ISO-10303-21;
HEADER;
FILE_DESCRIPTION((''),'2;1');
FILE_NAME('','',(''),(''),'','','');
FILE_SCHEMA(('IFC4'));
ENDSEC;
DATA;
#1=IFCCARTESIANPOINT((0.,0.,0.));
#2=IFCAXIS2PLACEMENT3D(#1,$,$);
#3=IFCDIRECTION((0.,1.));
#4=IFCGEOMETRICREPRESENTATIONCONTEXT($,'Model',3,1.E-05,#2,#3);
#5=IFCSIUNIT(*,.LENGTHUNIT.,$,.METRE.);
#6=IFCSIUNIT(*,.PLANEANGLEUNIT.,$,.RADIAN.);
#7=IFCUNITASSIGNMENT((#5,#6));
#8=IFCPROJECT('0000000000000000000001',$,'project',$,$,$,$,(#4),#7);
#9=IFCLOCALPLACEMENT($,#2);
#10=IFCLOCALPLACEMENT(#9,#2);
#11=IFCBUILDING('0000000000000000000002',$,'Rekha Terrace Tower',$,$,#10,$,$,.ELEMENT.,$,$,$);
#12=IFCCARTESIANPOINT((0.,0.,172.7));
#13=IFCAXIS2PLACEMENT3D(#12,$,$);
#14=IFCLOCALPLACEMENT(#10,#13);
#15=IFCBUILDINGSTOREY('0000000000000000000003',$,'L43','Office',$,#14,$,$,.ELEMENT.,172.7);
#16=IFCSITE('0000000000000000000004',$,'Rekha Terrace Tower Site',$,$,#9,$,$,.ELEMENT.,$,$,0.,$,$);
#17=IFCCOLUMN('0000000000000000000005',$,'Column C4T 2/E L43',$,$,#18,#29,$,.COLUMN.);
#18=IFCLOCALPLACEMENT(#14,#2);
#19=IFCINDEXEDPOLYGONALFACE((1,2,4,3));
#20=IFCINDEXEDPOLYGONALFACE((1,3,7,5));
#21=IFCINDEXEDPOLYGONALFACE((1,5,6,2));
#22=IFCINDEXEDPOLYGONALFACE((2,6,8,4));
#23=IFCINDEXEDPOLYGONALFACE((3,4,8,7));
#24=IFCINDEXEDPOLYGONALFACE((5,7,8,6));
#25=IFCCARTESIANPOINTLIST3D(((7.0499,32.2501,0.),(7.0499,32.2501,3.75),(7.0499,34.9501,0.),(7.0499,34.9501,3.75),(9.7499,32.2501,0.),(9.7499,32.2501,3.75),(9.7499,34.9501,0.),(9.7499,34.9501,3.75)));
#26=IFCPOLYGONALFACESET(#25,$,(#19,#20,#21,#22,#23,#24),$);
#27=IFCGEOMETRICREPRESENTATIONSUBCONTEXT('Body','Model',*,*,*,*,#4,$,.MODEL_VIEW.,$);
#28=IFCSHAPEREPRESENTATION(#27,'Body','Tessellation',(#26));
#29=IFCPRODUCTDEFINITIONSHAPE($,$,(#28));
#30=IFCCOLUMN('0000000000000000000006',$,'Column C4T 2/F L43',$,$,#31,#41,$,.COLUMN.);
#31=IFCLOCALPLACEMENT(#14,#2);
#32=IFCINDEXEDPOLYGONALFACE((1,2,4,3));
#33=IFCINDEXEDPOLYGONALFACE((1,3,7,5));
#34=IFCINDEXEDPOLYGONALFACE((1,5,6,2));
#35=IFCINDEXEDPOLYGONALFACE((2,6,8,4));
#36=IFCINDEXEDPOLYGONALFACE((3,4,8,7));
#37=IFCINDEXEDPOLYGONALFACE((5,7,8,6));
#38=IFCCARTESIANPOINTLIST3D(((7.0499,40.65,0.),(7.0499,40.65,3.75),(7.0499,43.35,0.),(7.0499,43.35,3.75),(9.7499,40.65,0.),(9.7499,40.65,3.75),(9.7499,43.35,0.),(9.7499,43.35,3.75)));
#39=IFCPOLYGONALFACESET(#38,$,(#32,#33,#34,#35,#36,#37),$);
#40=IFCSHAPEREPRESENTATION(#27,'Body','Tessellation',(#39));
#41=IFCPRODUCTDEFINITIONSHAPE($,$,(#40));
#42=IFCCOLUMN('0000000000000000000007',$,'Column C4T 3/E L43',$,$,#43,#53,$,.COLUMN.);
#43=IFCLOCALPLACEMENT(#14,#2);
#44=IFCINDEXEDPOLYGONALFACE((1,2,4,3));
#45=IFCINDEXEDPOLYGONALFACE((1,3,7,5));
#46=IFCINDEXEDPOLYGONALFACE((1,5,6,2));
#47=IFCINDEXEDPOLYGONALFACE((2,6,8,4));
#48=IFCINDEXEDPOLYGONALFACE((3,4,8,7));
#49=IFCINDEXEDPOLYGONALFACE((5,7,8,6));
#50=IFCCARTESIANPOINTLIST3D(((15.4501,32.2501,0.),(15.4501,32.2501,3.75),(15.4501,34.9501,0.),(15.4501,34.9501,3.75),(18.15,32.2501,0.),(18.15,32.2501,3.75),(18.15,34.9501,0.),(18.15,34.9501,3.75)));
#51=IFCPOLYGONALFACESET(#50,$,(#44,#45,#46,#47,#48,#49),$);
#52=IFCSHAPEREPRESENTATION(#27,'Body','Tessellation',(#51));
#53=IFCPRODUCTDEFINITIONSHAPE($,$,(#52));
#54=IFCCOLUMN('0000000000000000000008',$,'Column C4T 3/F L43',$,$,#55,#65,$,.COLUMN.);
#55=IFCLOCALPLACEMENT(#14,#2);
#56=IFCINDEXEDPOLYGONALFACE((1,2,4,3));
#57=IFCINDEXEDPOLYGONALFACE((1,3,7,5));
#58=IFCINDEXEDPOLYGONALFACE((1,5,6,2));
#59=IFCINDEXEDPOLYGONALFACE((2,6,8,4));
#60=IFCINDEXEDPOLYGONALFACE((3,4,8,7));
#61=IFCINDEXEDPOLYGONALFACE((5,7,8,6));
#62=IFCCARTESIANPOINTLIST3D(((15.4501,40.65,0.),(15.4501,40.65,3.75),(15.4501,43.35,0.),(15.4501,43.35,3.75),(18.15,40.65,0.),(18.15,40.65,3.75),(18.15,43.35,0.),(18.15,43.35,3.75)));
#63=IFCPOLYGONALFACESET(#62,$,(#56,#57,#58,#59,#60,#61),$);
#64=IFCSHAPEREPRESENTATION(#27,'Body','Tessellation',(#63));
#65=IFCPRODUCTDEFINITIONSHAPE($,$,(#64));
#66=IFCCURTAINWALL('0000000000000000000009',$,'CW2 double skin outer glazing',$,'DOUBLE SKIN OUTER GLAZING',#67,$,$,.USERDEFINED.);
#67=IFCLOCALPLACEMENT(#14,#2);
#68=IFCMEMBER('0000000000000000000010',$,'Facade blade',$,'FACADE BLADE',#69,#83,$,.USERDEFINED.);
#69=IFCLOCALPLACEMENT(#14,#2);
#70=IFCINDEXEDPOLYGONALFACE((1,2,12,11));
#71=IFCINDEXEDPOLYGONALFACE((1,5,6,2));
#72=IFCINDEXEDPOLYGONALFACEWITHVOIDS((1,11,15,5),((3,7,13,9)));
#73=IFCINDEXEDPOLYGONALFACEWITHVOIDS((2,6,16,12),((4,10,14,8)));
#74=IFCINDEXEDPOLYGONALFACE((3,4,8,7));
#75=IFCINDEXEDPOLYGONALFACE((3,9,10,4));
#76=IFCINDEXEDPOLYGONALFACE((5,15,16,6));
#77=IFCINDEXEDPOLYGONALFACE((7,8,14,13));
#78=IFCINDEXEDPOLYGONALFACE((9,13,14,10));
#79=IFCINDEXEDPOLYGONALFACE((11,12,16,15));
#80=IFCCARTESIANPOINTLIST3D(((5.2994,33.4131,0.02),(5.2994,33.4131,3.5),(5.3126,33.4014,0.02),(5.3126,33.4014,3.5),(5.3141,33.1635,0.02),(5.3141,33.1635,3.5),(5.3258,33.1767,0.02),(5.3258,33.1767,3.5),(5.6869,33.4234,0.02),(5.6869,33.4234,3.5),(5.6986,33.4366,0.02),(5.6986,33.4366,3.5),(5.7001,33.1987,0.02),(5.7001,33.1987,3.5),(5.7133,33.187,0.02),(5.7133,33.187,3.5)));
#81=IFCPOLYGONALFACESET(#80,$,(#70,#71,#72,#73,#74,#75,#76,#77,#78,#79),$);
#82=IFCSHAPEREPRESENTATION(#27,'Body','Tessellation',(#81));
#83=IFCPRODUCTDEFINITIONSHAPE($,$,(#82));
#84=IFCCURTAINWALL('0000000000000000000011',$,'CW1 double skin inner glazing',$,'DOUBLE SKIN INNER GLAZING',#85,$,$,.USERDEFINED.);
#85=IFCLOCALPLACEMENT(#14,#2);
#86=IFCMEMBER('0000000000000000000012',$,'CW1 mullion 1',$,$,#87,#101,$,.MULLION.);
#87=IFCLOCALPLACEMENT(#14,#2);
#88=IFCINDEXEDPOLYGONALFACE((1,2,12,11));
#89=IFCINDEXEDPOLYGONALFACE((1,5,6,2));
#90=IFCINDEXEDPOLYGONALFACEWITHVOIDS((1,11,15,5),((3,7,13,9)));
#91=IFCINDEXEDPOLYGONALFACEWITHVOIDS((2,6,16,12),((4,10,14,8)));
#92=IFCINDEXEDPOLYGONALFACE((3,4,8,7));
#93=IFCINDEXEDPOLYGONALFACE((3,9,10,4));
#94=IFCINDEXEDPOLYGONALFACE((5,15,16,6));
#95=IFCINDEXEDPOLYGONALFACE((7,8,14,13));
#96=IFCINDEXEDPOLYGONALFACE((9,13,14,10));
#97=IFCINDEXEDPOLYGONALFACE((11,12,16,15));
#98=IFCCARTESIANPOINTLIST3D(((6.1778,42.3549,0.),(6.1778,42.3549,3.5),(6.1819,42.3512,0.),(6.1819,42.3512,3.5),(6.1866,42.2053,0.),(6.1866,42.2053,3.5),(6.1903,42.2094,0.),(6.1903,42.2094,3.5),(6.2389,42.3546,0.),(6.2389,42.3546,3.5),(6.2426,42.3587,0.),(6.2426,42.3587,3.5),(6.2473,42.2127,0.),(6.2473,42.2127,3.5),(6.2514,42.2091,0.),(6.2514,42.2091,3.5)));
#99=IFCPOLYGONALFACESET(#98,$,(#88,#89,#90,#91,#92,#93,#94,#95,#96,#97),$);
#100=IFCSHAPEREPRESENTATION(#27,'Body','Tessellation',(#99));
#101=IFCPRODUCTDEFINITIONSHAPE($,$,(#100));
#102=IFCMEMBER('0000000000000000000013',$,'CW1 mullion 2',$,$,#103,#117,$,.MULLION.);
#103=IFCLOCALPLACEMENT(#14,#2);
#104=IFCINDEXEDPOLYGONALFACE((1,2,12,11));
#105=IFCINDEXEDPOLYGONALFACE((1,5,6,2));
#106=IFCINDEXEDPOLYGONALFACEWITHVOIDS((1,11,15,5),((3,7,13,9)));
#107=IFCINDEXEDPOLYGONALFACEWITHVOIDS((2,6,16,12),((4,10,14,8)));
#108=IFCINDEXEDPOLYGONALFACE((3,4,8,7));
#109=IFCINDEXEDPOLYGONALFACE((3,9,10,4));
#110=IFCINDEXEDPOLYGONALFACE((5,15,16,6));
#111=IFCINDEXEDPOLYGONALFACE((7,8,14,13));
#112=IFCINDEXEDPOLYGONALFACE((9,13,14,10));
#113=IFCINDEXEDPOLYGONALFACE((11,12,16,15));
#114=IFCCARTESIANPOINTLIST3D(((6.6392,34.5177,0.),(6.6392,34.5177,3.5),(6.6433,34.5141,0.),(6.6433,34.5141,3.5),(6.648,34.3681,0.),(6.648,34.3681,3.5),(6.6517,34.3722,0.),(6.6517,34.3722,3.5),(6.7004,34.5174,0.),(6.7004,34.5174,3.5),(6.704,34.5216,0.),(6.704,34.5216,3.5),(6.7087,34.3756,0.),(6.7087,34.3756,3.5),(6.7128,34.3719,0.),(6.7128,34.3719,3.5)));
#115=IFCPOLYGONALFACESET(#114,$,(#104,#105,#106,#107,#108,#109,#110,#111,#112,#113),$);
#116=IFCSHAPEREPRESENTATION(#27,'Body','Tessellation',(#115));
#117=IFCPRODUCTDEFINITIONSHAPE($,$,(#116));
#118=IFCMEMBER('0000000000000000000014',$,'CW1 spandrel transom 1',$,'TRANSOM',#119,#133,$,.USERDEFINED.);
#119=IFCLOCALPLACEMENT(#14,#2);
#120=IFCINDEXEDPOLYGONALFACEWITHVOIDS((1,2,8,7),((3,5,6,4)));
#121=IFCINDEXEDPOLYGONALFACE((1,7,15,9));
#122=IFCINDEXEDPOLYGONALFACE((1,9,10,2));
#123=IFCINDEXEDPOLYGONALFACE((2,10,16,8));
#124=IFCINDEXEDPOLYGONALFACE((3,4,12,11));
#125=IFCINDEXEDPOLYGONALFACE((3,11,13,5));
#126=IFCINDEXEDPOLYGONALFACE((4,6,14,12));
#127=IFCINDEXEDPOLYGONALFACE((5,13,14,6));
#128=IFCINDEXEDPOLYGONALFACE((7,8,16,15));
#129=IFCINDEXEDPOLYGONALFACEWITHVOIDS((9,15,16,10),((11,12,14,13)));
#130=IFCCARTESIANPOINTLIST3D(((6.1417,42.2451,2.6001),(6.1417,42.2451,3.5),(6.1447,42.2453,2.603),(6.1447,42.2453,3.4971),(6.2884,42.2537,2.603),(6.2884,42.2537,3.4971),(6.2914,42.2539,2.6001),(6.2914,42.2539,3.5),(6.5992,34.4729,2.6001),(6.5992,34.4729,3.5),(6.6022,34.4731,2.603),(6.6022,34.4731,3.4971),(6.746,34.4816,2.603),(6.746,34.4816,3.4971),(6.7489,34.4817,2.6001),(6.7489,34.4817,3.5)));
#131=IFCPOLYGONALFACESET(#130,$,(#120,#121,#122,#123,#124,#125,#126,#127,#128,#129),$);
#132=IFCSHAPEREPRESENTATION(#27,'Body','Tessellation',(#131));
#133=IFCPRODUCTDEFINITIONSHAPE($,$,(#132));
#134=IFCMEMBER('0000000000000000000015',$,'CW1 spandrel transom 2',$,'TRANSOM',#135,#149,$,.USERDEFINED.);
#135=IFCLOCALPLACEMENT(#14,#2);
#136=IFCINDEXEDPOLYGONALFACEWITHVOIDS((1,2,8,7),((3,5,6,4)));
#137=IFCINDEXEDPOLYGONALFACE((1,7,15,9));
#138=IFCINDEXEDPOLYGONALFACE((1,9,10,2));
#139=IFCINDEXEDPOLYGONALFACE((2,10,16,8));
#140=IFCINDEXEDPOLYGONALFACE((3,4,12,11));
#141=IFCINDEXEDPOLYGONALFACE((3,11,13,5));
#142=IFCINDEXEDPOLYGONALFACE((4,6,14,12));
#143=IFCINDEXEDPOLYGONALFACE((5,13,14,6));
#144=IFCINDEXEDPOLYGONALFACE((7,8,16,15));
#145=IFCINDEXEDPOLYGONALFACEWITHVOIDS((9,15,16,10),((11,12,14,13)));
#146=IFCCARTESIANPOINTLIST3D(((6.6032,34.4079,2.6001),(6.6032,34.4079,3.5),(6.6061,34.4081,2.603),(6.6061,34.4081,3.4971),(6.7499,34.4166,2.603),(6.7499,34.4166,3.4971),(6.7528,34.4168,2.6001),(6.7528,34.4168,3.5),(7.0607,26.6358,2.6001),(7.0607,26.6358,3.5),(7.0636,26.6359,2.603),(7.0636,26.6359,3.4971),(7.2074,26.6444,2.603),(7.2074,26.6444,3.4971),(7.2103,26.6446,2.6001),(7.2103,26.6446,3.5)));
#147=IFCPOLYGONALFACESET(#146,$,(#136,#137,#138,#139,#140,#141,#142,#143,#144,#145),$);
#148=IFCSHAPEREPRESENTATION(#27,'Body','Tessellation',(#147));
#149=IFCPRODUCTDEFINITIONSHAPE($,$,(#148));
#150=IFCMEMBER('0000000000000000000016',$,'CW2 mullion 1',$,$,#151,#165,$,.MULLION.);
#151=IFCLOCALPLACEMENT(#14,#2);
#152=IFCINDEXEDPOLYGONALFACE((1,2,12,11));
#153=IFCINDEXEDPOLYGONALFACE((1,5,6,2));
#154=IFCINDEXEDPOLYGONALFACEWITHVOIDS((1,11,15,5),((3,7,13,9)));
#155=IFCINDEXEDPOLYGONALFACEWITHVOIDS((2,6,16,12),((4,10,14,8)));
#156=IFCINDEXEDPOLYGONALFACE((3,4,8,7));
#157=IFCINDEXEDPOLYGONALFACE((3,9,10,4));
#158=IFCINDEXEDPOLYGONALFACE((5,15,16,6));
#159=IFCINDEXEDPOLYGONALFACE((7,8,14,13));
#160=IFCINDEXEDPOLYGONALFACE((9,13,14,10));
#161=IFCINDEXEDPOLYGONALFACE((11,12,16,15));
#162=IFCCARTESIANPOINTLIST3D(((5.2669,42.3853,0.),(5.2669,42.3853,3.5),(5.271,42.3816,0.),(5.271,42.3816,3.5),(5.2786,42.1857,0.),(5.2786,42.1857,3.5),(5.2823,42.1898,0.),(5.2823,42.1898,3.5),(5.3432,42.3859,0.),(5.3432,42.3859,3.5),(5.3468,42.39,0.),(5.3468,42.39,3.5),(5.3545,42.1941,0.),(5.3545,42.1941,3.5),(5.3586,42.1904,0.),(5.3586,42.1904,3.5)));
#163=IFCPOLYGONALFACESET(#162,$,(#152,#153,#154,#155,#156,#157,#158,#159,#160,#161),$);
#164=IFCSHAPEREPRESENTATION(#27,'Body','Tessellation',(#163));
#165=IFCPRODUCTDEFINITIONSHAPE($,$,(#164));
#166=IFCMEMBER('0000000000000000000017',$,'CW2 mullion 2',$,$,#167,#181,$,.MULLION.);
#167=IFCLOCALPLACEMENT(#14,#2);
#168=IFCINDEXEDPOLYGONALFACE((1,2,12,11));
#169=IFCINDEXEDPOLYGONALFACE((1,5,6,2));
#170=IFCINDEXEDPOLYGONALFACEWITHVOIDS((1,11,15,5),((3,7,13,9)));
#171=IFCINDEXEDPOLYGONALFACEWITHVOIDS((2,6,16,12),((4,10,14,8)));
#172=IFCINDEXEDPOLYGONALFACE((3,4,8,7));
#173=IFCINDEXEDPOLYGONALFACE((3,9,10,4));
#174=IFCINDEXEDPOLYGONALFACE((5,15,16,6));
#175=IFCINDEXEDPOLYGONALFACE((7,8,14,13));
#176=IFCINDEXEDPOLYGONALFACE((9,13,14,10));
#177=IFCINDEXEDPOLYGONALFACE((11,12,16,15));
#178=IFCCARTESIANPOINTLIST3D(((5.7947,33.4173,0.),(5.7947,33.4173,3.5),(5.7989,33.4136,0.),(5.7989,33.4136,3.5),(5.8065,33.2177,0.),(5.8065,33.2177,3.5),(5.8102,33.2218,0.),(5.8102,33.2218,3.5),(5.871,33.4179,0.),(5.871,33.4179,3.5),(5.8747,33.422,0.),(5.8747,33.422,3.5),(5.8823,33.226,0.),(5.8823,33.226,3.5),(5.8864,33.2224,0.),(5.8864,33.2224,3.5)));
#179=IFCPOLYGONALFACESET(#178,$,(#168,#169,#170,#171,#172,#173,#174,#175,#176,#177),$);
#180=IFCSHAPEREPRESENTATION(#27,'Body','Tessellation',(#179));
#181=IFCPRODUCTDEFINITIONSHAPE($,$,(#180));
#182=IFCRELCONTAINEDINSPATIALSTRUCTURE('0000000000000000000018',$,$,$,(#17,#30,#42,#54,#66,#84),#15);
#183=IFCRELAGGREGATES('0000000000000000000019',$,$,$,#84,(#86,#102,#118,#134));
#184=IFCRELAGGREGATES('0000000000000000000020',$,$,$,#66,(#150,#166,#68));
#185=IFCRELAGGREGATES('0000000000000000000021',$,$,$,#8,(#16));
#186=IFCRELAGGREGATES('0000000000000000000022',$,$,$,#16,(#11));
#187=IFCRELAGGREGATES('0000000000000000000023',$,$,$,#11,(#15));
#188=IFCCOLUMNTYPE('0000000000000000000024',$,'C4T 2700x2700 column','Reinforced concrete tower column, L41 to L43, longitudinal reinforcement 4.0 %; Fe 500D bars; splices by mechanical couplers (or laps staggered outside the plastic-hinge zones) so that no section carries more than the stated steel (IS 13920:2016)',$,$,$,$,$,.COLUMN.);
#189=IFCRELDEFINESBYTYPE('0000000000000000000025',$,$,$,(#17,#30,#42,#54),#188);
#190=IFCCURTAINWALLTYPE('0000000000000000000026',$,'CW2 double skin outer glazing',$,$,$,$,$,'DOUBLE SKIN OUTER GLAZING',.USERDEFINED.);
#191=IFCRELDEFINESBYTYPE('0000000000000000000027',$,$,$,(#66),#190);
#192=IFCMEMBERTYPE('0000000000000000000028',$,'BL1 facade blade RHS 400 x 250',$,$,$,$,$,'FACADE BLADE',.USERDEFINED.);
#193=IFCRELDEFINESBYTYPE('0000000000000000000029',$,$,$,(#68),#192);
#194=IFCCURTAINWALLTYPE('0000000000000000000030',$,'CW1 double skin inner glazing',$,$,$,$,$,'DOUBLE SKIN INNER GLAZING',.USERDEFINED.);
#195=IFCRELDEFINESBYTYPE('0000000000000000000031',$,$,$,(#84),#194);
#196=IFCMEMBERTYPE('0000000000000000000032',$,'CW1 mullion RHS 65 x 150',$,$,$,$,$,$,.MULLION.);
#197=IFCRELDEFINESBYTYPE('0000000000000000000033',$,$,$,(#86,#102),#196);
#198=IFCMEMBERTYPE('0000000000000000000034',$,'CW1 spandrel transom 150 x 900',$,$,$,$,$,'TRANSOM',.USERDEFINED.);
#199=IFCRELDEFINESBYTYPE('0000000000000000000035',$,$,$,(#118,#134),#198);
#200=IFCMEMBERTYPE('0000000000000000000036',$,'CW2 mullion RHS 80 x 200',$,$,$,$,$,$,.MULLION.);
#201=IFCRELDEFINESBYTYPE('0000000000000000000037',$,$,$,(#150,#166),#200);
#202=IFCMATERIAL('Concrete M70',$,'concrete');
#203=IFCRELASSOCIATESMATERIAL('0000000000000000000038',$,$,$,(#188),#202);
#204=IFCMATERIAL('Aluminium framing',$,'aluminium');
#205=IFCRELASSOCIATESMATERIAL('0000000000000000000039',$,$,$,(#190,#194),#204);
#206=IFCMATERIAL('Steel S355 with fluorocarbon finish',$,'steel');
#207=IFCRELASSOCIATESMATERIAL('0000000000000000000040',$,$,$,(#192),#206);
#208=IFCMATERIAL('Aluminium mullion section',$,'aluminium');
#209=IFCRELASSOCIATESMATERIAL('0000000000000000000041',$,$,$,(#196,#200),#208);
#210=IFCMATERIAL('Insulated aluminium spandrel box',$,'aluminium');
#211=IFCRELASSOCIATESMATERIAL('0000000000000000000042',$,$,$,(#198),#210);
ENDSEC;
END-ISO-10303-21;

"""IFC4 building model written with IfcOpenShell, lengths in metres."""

from ifc_helpers import new_model, si_unit, direction, frame, origin, origin_2d, place, context, subcontext, project, spatial, rectangle, hollow_rectangle, extrude, material, material_profile, profile_set, type_object, element, aggregate, save


model = new_model("IFC4")

# Units and contexts
model_context = context("Model", 3, precision=1e-05, world=origin(), true_north=direction((0.0, 1.0)))
body_context = subcontext(model_context, "Body", "Model", "MODEL_VIEW")
ifc_project = project(units=[si_unit("LENGTHUNIT", "METRE"), si_unit("PLANEANGLEUNIT", "RADIAN")], contexts=[model_context])

# Site, building, storey
site_placement = place(None, origin())
site = spatial("IfcSite", under=ifc_project, at=site_placement, Name="Rekha Terrace Tower Site", CompositionType="ELEMENT", RefElevation=0.0)
building_placement = place(site_placement, origin())
building = spatial("IfcBuilding", under=site, at=building_placement, Name="Rekha Terrace Tower", CompositionType="ELEMENT")
storey_placement = place(building_placement, frame((0.0, 0.0, 172.7)))
storey = spatial("IfcBuildingStorey", under=building, at=storey_placement, Name="L43", Description="Office", CompositionType="ELEMENT", Elevation=172.7)

# Columns
ifc_material_1 = material(Name="Concrete M70", Category="concrete")
ifc_material_profile_1 = material_profile(ifc_material_1, rectangle(XDim=2.7, YDim=2.7, at=origin_2d()), Name="RC 2700x2700")
ifc_profile_set_1 = profile_set([ifc_material_profile_1], Name="Concrete M70")
column_type = type_object("IfcColumnType", Name="C4T 2700x2700 column", Description="Reinforced concrete tower column, L41 to L43, longitudinal reinforcement 4.0 %; Fe 500D bars; splices by mechanical couplers (or laps staggered outside the plastic-hinge zones) so that no section carries more than the stated steel (IS 13920:2016)", PredefinedType="COLUMN", material=ifc_profile_set_1)
for number, where, z_axis, x_axis, name in (
    (1, (8.3999, 33.6001, 0.0), (0.0, 0.0, 1.0), (1.0, 0.0, 0.0), "Column C4T 2/E L43"),
    (2, (8.3999, 42.0, 0.0), (0.0, 0.0, 1.0), (1.0, 0.0, 0.0), "Column C4T 2/F L43"),
    (3, (16.8, 33.6001, 0.0), (0.0, 0.0, 1.0), (1.0, 0.0, 0.0), "Column C4T 3/E L43"),
    (4, (16.8, 42.0, 0.0), (0.0, 0.0, 1.0), (1.0, 0.0, 0.0), "Column C4T 3/F L43"),
):
    element("IfcColumn", number, at=place(storey_placement, frame(where, z_axis=z_axis, x_axis=x_axis)), inside=storey, type_object=column_type, Name=name, PredefinedType="COLUMN", context=body_context, shape_type="SweptSolid", body=[
        extrude(rectangle(XDim=2.7, YDim=2.7, at=origin_2d()), origin(), (0.0, 0.0, 1.0), 3.75),
    ])

# Curtain wall, member
ifc_material_2 = material(Name="Aluminium framing", Category="aluminium")
curtain_wall_type_1 = type_object("IfcCurtainWallType", Name="CW2 double skin outer glazing", ElementType="DOUBLE SKIN OUTER GLAZING", PredefinedType="USERDEFINED", material=ifc_material_2)
curtain_wall_1_placement = place(storey_placement, origin())
curtain_wall_1 = element("IfcCurtainWall", 5, at=curtain_wall_1_placement, inside=storey, type_object=curtain_wall_type_1, Name="CW2 double skin outer glazing", ObjectType="DOUBLE SKIN OUTER GLAZING", PredefinedType="USERDEFINED")
ifc_material_3 = material(Name="Steel S355 with fluorocarbon finish", Category="steel")
ifc_material_profile_2 = material_profile(ifc_material_3, hollow_rectangle(XDim=0.25, YDim=0.3999, WallThickness=0.0125, at=origin_2d()), Name="RHS400x250x12.5")
ifc_profile_set_2 = profile_set([ifc_material_profile_2], Name="Steel S355 with fluorocarbon finish")
member_type_1 = type_object("IfcMemberType", Name="BL1 facade blade RHS 400 x 250", ElementType="FACADE BLADE", PredefinedType="USERDEFINED", material=ifc_profile_set_2)
member_1_placement = place(storey_placement, frame((5.5063, 33.3, 0.02), z_axis=(0.0, 0.0, 1.0), x_axis=(0.058765, -0.998272, 0.0)))
member_1 = element("IfcMember", 6, at=member_1_placement, type_object=member_type_1, Name="Facade blade", ObjectType="FACADE BLADE", PredefinedType="USERDEFINED", context=body_context, shape_type="SweptSolid", body=[
    extrude(hollow_rectangle(XDim=0.25, YDim=0.3999, WallThickness=0.0125, at=origin_2d()), origin(), (0.0, 0.0, 1.0), 3.48),
])

# Curtain wall, members
curtain_wall_type_2 = type_object("IfcCurtainWallType", Name="CW1 double skin inner glazing", ElementType="DOUBLE SKIN INNER GLAZING", PredefinedType="USERDEFINED", material=ifc_material_2)
curtain_wall_2_placement = place(storey_placement, origin())
curtain_wall_2 = element("IfcCurtainWall", 7, at=curtain_wall_2_placement, inside=storey, type_object=curtain_wall_type_2, Name="CW1 double skin inner glazing", ObjectType="DOUBLE SKIN INNER GLAZING", PredefinedType="USERDEFINED")
ifc_material_4 = material(Name="Aluminium mullion section", Category="aluminium")
ifc_material_profile_3 = material_profile(ifc_material_4, hollow_rectangle(XDim=0.0649, YDim=0.1499, WallThickness=0.0039, at=origin_2d()), Name="AL RHS 65x150")
ifc_profile_set_3 = profile_set([ifc_material_profile_3], Name="Aluminium mullion section")
member_type_2 = type_object("IfcMemberType", Name="CW1 mullion RHS 65 x 150", PredefinedType="MULLION", material=ifc_profile_set_3)
member_2_placement = place(storey_placement, frame((6.2146, 42.282, 0.0), z_axis=(0.0, 0.0, 1.0), x_axis=(0.998272, 0.058765, 0.0)))
member_2 = element("IfcMember", 8, at=member_2_placement, type_object=member_type_2, Name="CW1 mullion 1", PredefinedType="MULLION", context=body_context, shape_type="SweptSolid", body=[
    extrude(hollow_rectangle(XDim=0.0649, YDim=0.1499, WallThickness=0.0039, at=origin_2d()), origin(), (0.0, 0.0, 1.0), 3.5),
])
member_3_placement = place(storey_placement, frame((6.676, 34.4448, 0.0), z_axis=(0.0, 0.0, 1.0), x_axis=(0.998272, 0.058765, 0.0)))
member_3 = element("IfcMember", 9, at=member_3_placement, type_object=member_type_2, Name="CW1 mullion 2", PredefinedType="MULLION", context=body_context, shape_type="SweptSolid", body=[
    extrude(hollow_rectangle(XDim=0.0649, YDim=0.1499, WallThickness=0.0039, at=origin_2d()), origin(), (0.0, 0.0, 1.0), 3.5),
])
ifc_material_5 = material(Name="Insulated aluminium spandrel box", Category="aluminium")
ifc_material_profile_4 = material_profile(ifc_material_5, hollow_rectangle(XDim=0.1499, YDim=0.8999, WallThickness=0.0029, at=origin_2d()), Name="AL SPANDREL BOX 150x900")
ifc_profile_set_4 = profile_set([ifc_material_profile_4], Name="Insulated aluminium spandrel box")
member_type_3 = type_object("IfcMemberType", Name="CW1 spandrel transom 150 x 900", ElementType="TRANSOM", PredefinedType="USERDEFINED", material=ifc_profile_set_4)
member_4_placement = place(storey_placement, frame((6.2166, 42.2495, 3.05), z_axis=(0.058764, -0.998272, 0.0), x_axis=(0.998272, 0.058764, 0.0)))
member_4 = element("IfcMember", 10, at=member_4_placement, type_object=member_type_3, Name="CW1 spandrel transom 1", ObjectType="TRANSOM", PredefinedType="USERDEFINED", context=body_context, shape_type="SweptSolid", body=[
    extrude(hollow_rectangle(XDim=0.1499, YDim=0.8999, WallThickness=0.0029, at=origin_2d()), origin(), (0.0, 0.0, 1.0), 7.7856),
])
member_5_placement = place(storey_placement, frame((6.678, 34.4124, 3.05), z_axis=(0.058764, -0.998272, 0.0), x_axis=(0.998272, 0.058764, 0.0)))
member_5 = element("IfcMember", 11, at=member_5_placement, type_object=member_type_3, Name="CW1 spandrel transom 2", ObjectType="TRANSOM", PredefinedType="USERDEFINED", context=body_context, shape_type="SweptSolid", body=[
    extrude(hollow_rectangle(XDim=0.1499, YDim=0.8999, WallThickness=0.0029, at=origin_2d()), origin(), (0.0, 0.0, 1.0), 7.7856),
])

# Members
ifc_material_profile_5 = material_profile(ifc_material_4, hollow_rectangle(XDim=0.0801, YDim=0.2, WallThickness=0.0039, at=origin_2d()), Name="AL RHS 80x200")
ifc_profile_set_5 = profile_set([ifc_material_profile_5], Name="Aluminium mullion section")
member_type_4 = type_object("IfcMemberType", Name="CW2 mullion RHS 80 x 200", PredefinedType="MULLION", material=ifc_profile_set_5)
member_6_placement = place(storey_placement, frame((5.3127, 42.2878, 0.0), z_axis=(0.0, 0.0, 1.0), x_axis=(0.998272, 0.058765, 0.0)))
member_6 = element("IfcMember", 12, at=member_6_placement, type_object=member_type_4, Name="CW2 mullion 1", PredefinedType="MULLION", context=body_context, shape_type="SweptSolid", body=[
    extrude(hollow_rectangle(XDim=0.0801, YDim=0.2, WallThickness=0.0039, at=origin_2d()), origin(), (0.0, 0.0, 1.0), 3.5),
])
member_7_placement = place(storey_placement, frame((5.8406, 33.3198, 0.0), z_axis=(0.0, 0.0, 1.0), x_axis=(0.998272, 0.058765, 0.0)))
member_7 = element("IfcMember", 13, at=member_7_placement, type_object=member_type_4, Name="CW2 mullion 2", PredefinedType="MULLION", context=body_context, shape_type="SweptSolid", body=[
    extrude(hollow_rectangle(XDim=0.0801, YDim=0.2, WallThickness=0.0039, at=origin_2d()), origin(), (0.0, 0.0, 1.0), 3.5),
])

aggregate(curtain_wall_2, [member_2, member_3, member_4, member_5])
aggregate(curtain_wall_1, [member_6, member_7, member_1])

save(model, "model.ifc")
